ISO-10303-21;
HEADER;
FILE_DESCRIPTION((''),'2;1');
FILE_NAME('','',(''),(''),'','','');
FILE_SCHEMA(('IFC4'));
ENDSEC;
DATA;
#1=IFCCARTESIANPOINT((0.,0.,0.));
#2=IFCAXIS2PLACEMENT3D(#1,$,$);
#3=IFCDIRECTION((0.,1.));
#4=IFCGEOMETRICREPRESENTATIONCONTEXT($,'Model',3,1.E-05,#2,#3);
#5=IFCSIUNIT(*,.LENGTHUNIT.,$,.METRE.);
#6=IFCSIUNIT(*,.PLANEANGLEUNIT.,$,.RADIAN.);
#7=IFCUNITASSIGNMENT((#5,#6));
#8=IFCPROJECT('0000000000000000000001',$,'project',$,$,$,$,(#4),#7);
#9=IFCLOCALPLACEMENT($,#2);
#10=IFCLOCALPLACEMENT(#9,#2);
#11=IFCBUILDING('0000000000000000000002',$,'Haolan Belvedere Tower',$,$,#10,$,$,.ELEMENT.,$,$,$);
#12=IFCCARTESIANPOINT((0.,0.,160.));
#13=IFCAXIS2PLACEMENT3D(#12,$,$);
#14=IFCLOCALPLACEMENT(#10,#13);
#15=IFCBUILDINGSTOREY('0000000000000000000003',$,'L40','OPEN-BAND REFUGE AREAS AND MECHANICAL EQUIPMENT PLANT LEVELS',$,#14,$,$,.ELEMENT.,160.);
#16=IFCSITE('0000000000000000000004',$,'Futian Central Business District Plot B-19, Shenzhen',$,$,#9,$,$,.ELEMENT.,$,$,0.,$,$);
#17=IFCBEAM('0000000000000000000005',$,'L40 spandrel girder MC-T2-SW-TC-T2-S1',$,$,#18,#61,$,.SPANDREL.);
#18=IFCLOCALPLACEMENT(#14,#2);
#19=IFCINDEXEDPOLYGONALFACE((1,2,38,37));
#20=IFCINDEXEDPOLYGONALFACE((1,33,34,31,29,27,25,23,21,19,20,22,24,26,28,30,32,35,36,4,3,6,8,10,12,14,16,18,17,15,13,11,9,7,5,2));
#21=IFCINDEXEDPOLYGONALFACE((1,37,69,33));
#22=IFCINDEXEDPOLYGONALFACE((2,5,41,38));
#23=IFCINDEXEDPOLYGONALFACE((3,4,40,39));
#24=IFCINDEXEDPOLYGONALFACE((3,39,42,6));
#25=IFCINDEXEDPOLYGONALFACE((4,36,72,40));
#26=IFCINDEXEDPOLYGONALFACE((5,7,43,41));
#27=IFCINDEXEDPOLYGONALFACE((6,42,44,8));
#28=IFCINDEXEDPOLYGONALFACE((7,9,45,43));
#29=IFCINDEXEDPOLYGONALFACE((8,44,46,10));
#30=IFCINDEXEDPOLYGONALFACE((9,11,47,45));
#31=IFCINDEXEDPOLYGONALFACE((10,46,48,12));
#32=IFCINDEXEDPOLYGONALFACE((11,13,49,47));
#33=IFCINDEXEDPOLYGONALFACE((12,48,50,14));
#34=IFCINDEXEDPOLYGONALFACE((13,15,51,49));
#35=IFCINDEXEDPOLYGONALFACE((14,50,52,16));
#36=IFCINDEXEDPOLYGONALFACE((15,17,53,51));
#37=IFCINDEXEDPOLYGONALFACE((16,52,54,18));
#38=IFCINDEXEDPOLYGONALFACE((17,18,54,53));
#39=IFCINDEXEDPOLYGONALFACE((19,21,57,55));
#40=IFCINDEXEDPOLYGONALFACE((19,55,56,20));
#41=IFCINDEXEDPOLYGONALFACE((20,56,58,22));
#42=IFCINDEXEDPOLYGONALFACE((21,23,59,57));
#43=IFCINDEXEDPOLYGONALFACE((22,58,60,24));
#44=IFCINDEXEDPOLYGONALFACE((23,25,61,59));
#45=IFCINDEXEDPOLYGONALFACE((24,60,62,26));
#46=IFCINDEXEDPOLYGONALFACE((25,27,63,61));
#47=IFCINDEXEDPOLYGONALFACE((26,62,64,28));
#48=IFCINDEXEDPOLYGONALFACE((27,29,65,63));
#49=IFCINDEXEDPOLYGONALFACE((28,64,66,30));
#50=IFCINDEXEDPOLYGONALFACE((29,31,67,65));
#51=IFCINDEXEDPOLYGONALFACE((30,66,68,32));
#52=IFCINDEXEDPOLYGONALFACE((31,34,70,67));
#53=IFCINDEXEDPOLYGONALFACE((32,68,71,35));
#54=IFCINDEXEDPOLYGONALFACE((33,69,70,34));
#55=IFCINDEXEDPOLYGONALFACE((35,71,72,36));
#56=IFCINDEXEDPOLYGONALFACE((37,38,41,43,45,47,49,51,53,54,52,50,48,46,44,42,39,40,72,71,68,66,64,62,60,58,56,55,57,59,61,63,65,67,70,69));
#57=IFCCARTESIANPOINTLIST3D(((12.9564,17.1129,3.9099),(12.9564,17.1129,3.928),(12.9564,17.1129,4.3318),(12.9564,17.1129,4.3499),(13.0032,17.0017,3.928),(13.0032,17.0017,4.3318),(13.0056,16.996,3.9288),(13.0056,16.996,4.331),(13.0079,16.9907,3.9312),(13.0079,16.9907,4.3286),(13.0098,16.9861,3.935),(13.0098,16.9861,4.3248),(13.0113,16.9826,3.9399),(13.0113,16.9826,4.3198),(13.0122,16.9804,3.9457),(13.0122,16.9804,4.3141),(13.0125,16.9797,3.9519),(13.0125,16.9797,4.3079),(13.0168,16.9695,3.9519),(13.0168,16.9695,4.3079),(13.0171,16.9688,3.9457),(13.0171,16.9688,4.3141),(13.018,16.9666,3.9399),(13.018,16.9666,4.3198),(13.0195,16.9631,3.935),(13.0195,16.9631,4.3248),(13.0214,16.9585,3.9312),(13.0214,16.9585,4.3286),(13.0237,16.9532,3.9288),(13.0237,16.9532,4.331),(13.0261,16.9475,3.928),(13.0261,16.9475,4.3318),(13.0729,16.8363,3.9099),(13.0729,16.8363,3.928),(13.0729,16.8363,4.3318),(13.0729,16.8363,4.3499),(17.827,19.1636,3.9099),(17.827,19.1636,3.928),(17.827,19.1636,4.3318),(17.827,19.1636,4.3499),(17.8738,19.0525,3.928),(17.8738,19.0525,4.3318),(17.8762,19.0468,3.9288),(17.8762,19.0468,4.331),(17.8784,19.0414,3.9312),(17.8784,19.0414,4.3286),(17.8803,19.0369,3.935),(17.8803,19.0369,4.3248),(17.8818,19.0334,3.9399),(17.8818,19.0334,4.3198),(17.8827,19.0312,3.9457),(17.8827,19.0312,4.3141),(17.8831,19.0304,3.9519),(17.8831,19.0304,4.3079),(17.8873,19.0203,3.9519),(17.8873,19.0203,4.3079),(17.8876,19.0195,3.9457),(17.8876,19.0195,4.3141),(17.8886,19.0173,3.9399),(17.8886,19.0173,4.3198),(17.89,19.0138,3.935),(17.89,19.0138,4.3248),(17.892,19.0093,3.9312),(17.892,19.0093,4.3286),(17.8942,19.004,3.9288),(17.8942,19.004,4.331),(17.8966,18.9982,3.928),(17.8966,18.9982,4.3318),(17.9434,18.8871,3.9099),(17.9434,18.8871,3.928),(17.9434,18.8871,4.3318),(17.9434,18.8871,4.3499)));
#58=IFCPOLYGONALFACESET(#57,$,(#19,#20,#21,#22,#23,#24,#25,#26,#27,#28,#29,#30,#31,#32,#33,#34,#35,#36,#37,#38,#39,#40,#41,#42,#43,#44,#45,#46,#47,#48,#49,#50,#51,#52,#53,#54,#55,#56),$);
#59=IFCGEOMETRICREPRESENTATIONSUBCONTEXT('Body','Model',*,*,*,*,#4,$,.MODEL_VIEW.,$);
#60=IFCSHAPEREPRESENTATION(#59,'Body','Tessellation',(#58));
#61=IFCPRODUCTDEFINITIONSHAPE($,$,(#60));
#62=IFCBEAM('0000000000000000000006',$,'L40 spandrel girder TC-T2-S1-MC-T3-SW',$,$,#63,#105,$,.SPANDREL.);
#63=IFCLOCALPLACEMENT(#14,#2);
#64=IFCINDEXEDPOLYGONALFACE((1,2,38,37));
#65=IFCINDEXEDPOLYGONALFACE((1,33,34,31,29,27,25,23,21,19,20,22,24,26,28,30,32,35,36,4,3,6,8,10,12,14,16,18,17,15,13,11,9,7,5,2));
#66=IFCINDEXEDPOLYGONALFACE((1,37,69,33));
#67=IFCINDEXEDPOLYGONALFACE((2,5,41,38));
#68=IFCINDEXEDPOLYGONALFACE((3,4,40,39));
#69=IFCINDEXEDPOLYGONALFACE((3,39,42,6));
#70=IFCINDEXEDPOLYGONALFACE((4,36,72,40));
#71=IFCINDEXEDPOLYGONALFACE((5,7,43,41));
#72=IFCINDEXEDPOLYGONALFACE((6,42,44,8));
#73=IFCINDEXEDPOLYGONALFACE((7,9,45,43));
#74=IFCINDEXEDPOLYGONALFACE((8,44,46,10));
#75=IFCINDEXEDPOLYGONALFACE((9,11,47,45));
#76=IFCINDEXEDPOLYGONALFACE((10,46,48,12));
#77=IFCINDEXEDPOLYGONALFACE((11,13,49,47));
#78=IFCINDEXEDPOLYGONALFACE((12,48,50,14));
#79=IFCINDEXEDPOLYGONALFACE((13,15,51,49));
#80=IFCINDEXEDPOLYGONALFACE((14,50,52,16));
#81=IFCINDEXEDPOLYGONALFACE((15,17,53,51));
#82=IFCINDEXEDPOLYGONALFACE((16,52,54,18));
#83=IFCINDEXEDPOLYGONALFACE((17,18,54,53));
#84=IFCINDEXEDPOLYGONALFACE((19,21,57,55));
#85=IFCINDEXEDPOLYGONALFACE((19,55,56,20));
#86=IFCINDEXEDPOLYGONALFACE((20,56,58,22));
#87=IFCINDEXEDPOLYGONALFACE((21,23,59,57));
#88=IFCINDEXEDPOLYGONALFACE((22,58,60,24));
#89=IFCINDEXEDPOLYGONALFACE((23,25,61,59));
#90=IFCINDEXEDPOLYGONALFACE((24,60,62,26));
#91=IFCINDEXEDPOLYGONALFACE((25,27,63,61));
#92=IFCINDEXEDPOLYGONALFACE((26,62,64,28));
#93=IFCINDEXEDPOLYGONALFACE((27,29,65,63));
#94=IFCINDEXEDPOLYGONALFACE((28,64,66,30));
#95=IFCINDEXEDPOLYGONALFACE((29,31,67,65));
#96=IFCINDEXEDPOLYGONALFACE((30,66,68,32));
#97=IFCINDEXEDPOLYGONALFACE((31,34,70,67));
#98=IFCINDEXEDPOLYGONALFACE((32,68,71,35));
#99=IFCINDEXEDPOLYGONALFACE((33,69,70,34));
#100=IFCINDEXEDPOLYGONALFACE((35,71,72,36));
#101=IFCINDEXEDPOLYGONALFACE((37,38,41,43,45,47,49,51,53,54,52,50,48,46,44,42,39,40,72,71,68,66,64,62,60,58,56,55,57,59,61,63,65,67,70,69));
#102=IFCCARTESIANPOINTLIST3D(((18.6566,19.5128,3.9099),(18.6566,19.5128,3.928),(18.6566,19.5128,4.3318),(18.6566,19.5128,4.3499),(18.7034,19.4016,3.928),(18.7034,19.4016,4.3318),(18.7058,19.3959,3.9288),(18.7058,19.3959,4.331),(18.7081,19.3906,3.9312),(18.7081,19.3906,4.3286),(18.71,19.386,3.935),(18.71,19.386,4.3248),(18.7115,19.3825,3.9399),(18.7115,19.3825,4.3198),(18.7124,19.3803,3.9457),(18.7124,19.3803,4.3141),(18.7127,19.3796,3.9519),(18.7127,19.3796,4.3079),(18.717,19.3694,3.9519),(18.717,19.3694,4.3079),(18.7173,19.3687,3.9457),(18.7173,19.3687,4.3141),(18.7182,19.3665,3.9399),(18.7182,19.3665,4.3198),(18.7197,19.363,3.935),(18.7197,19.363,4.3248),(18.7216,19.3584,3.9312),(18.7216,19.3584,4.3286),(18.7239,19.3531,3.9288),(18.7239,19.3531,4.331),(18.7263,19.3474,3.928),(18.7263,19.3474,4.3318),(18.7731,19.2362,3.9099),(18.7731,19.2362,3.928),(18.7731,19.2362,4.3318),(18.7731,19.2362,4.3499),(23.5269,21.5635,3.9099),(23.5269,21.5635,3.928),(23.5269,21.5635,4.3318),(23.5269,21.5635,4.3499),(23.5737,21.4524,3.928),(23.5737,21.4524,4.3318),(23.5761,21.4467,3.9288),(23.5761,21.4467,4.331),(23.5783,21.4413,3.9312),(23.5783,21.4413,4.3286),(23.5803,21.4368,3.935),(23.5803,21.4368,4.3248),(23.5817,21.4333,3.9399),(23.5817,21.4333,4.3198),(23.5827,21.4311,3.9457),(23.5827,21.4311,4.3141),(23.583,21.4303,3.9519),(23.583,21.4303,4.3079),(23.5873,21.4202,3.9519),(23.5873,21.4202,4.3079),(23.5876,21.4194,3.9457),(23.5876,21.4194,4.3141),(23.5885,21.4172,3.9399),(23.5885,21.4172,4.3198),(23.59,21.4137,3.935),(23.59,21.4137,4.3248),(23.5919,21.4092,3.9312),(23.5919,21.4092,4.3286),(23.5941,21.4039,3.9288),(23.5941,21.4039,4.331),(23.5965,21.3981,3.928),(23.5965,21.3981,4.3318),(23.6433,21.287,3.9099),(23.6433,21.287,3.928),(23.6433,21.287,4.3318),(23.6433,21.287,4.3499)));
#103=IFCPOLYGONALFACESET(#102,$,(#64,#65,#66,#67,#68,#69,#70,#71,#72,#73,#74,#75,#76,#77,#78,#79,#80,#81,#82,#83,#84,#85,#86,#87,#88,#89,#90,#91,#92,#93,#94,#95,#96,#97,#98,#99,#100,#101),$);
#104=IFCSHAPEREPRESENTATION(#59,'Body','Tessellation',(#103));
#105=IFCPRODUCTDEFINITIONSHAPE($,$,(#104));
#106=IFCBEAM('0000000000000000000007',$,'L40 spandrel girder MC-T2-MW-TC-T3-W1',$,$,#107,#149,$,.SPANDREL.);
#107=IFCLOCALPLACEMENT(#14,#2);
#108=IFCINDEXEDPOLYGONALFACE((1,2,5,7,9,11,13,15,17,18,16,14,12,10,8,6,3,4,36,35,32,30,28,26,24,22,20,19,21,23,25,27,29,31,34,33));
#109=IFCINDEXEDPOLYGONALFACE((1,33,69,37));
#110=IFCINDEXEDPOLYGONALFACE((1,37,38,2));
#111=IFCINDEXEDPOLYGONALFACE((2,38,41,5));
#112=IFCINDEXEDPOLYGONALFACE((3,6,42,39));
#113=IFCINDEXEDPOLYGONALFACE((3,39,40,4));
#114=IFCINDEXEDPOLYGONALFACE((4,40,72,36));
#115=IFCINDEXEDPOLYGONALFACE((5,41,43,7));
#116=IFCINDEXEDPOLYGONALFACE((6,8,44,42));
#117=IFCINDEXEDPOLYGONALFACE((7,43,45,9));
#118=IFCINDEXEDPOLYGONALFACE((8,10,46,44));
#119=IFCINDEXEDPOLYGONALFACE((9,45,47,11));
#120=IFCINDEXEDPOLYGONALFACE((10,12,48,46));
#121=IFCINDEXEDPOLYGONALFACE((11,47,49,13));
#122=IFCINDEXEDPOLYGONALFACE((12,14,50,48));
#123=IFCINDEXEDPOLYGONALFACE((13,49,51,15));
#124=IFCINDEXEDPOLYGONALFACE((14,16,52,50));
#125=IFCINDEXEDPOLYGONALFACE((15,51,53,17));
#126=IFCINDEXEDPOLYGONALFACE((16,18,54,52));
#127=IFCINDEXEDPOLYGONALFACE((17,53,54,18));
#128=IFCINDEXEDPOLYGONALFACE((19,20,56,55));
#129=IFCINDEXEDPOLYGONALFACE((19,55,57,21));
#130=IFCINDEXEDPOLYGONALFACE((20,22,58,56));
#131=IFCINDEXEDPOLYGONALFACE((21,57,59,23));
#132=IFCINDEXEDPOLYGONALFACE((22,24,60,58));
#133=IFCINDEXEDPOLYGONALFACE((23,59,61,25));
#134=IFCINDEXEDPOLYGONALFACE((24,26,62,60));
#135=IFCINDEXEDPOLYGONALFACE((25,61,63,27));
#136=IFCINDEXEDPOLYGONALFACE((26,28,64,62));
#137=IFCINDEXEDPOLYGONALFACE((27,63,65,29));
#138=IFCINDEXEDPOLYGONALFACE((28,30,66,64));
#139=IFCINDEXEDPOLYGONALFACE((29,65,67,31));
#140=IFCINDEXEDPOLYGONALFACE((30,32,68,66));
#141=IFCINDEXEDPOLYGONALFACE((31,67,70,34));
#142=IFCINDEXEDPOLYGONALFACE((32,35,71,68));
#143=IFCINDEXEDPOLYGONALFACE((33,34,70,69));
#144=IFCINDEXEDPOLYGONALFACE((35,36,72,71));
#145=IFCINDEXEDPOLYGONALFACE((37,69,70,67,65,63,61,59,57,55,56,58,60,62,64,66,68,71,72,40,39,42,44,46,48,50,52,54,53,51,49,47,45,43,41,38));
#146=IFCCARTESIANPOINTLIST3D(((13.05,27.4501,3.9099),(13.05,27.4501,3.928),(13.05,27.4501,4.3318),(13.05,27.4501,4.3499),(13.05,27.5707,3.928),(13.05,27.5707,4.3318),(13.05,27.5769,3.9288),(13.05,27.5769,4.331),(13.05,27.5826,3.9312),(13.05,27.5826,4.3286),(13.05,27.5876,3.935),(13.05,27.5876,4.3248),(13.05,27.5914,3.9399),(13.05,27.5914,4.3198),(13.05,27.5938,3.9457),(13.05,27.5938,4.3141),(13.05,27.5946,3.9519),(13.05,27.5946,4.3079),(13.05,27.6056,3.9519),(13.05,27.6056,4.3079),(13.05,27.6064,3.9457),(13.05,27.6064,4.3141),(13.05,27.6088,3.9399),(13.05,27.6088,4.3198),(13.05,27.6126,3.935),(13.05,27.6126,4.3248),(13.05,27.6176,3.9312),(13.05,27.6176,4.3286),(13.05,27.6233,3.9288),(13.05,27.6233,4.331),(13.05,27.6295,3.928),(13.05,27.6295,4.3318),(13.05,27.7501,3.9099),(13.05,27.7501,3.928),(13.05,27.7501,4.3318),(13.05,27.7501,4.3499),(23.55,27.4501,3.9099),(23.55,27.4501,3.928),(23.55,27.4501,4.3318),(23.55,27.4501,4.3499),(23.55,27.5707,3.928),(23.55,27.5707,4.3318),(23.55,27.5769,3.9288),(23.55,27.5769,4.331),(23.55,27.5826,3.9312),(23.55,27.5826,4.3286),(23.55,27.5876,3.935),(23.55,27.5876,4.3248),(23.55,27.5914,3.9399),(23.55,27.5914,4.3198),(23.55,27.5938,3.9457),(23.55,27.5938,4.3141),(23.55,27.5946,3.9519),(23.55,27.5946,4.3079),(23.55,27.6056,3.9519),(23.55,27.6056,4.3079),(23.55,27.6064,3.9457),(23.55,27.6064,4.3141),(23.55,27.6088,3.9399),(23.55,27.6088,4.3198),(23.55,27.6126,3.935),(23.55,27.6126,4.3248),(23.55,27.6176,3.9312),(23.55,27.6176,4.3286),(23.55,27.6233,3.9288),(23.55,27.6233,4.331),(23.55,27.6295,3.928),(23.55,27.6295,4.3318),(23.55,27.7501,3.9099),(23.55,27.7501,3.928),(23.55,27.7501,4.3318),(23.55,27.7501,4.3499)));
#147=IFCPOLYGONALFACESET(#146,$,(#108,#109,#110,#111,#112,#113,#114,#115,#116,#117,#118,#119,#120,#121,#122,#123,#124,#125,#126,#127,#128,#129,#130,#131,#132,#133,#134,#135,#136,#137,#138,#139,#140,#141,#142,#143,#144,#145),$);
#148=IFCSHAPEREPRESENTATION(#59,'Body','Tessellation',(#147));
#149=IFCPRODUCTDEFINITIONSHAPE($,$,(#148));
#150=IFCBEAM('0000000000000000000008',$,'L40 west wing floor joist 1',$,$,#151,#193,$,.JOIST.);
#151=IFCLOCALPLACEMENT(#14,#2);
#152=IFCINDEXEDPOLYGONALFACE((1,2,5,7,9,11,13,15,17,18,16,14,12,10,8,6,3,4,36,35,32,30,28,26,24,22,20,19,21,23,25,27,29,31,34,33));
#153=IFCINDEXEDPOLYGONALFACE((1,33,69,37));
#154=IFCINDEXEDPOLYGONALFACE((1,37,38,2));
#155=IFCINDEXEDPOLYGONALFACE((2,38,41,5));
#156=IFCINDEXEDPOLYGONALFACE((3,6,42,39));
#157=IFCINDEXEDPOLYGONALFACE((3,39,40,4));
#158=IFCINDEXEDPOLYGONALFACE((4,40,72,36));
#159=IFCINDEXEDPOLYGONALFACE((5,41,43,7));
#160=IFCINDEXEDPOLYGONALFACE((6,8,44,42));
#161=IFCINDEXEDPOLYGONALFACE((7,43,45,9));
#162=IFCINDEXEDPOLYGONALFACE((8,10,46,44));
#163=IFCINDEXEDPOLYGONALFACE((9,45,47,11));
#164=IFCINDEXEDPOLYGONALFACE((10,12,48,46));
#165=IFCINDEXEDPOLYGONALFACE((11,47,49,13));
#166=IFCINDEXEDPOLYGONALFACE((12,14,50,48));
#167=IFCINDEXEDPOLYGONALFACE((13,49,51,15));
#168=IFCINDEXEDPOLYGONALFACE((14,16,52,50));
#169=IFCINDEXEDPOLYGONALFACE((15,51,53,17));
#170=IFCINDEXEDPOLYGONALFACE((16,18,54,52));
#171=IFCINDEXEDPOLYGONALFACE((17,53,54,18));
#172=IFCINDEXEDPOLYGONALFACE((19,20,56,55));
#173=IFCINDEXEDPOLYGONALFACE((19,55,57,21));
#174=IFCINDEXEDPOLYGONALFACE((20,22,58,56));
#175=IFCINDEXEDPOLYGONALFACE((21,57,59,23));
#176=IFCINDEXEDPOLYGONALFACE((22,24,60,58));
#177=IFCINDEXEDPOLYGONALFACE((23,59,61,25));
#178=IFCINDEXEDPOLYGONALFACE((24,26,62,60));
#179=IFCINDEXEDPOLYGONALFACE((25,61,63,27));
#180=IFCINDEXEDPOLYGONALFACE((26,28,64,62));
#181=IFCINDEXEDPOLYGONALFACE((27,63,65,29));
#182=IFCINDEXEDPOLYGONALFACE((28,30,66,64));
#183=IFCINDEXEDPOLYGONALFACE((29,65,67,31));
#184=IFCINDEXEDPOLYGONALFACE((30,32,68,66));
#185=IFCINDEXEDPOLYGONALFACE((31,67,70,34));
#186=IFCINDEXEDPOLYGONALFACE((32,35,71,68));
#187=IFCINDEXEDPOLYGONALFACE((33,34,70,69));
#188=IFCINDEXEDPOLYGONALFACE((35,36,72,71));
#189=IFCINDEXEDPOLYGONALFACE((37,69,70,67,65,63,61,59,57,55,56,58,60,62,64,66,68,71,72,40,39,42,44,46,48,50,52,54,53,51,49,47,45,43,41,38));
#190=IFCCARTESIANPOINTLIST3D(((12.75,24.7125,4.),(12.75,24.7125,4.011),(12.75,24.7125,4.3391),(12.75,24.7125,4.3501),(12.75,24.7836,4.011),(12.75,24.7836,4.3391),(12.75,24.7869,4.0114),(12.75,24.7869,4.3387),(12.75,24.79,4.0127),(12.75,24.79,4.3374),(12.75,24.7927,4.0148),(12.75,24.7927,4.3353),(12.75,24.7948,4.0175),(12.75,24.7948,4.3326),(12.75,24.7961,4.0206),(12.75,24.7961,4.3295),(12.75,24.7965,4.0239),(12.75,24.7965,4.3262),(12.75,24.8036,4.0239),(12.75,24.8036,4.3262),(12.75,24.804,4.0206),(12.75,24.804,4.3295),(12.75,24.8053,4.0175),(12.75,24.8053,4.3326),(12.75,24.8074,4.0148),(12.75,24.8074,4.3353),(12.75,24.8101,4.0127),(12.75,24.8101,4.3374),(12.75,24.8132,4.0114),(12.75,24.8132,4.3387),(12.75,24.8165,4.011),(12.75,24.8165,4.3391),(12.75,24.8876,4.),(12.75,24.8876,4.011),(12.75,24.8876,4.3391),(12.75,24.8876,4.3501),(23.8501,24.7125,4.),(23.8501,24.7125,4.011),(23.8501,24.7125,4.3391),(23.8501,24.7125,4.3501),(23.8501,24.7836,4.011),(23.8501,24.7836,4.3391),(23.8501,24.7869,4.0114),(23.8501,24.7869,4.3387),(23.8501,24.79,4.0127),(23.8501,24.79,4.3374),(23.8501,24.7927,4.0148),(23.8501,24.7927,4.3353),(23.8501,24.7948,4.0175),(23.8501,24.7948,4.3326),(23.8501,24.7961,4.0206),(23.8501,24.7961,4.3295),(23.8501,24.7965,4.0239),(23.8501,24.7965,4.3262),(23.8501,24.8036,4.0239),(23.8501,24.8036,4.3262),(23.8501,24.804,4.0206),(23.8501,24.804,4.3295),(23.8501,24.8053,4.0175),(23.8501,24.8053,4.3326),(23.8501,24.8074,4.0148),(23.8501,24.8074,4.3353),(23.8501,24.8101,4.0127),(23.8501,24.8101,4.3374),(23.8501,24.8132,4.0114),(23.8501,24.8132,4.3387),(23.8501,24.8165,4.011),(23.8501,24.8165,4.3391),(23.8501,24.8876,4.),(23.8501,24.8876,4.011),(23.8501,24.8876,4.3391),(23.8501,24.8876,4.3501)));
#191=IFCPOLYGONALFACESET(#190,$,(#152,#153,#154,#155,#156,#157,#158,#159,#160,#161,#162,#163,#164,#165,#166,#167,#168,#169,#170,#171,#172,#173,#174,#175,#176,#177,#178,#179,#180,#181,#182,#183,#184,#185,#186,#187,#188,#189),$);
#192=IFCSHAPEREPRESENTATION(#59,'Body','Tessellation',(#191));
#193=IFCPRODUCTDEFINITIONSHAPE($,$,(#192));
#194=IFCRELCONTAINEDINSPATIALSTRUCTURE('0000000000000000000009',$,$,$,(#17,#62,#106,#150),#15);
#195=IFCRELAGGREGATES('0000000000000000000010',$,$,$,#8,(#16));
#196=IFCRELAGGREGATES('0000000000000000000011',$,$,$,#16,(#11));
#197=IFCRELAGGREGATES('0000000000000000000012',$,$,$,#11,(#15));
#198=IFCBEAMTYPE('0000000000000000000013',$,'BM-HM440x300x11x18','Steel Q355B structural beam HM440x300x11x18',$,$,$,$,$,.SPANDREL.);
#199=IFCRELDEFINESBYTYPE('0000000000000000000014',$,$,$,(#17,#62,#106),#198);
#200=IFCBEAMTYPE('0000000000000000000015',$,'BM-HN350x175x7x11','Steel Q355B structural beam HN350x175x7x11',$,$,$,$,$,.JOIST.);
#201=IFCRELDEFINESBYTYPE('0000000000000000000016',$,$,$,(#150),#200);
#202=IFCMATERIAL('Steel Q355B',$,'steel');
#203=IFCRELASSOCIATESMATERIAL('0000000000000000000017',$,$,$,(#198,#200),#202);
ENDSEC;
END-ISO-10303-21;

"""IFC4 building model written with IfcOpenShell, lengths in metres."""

from ifc_helpers import new_model, si_unit, direction, frame, origin, origin_2d, place, context, subcontext, project, spatial, i_section, extrude, material, material_profile, profile_set, type_object, element, save


model = new_model("IFC4")

# Units and contexts
model_context = context("Model", 3, precision=1e-05, world=origin(), true_north=direction((0.0, 1.0)))
body_context = subcontext(model_context, "Body", "Model", "MODEL_VIEW")
ifc_project = project(units=[si_unit("LENGTHUNIT", "METRE"), si_unit("PLANEANGLEUNIT", "RADIAN")], contexts=[model_context])

# Site, building, storey
site_placement = place(None, origin())
site = spatial("IfcSite", under=ifc_project, at=site_placement, Name="Futian Central Business District Plot B-19, Shenzhen", CompositionType="ELEMENT", RefElevation=0.0)
building_placement = place(site_placement, origin())
building = spatial("IfcBuilding", under=site, at=building_placement, Name="Haolan Belvedere Tower", CompositionType="ELEMENT")
storey_placement = place(building_placement, frame((0.0, 0.0, 160.0)))
storey = spatial("IfcBuildingStorey", under=building, at=storey_placement, Name="L40", Description="OPEN-BAND REFUGE AREAS AND MECHANICAL EQUIPMENT PLANT LEVELS", CompositionType="ELEMENT", Elevation=160.0)

# Beams
ifc_material_1 = material(Name="Steel Q355B", Category="steel")
ifc_material_profile_1 = material_profile(ifc_material_1, i_section(OverallWidth=0.3, OverallDepth=0.4399, WebThickness=0.011, FlangeThickness=0.0181, FilletRadius=0.0239, at=origin_2d()), Name="Steel Q355B")
ifc_profile_set_1 = profile_set([ifc_material_profile_1], Name="Steel Q355B")
beam_type_1 = type_object("IfcBeamType", Name="BM-HM440x300x11x18", Description="Steel Q355B structural beam HM440x300x11x18", PredefinedType="SPANDREL", material=ifc_profile_set_1)
beam_1_placement = place(storey_placement, frame((13.0146, 16.9746, 4.1299), z_axis=(0.921635, 0.388057, 0.0), x_axis=(-0.388057, 0.921635, 0.0)))
element("IfcBeam", 1, at=beam_1_placement, inside=storey, type_object=beam_type_1, Name="L40 spandrel girder MC-T2-SW-TC-T2-S1", PredefinedType="SPANDREL", context=body_context, shape_type="SweptSolid", body=[
    extrude(i_section(OverallWidth=0.3, OverallDepth=0.4399, WebThickness=0.011, FlangeThickness=0.0181, FilletRadius=0.0239, at=origin_2d()), origin(), (0.0, 0.0, 1.0), 5.2847),
])
beam_2_placement = place(storey_placement, frame((18.7148, 19.3745, 4.1299), z_axis=(0.921628, 0.388074, 0.0), x_axis=(-0.388074, 0.921628, 0.0)))
element("IfcBeam", 2, at=beam_2_placement, inside=storey, type_object=beam_type_1, Name="L40 spandrel girder TC-T2-S1-MC-T3-SW", PredefinedType="SPANDREL", context=body_context, shape_type="SweptSolid", body=[
    extrude(i_section(OverallWidth=0.3, OverallDepth=0.4399, WebThickness=0.011, FlangeThickness=0.0181, FilletRadius=0.0239, at=origin_2d()), origin(), (0.0, 0.0, 1.0), 5.2844),
])
beam_3_placement = place(storey_placement, frame((13.05, 27.6001, 4.1299), z_axis=(1.0, 0.0, 0.0), x_axis=(0.0, 1.0, 0.0)))
element("IfcBeam", 3, at=beam_3_placement, inside=storey, type_object=beam_type_1, Name="L40 spandrel girder MC-T2-MW-TC-T3-W1", PredefinedType="SPANDREL", context=body_context, shape_type="SweptSolid", body=[
    extrude(i_section(OverallWidth=0.3, OverallDepth=0.4399, WebThickness=0.011, FlangeThickness=0.0181, FilletRadius=0.0239, at=origin_2d()), origin(), (0.0, 0.0, 1.0), 10.5),
])
ifc_material_profile_2 = material_profile(ifc_material_1, i_section(OverallWidth=0.175, OverallDepth=0.3501, WebThickness=0.0071, FlangeThickness=0.011, FilletRadius=0.0129, at=origin_2d()), Name="Steel Q355B")
ifc_profile_set_2 = profile_set([ifc_material_profile_2], Name="Steel Q355B")
beam_type_2 = type_object("IfcBeamType", Name="BM-HN350x175x7x11", Description="Steel Q355B structural beam HN350x175x7x11", PredefinedType="JOIST", material=ifc_profile_set_2)
beam_4_placement = place(storey_placement, frame((12.75, 24.8, 4.175), z_axis=(1.0, 0.0, 0.0), x_axis=(0.0, 1.0, 0.0)))
element("IfcBeam", 4, at=beam_4_placement, inside=storey, type_object=beam_type_2, Name="L40 west wing floor joist 1", PredefinedType="JOIST", context=body_context, shape_type="SweptSolid", body=[
    extrude(i_section(OverallWidth=0.175, OverallDepth=0.3501, WebThickness=0.0071, FlangeThickness=0.011, FilletRadius=0.0129, at=origin_2d()), origin(), (0.0, 0.0, 1.0), 11.1001),
])

save(model, "model.ifc")
